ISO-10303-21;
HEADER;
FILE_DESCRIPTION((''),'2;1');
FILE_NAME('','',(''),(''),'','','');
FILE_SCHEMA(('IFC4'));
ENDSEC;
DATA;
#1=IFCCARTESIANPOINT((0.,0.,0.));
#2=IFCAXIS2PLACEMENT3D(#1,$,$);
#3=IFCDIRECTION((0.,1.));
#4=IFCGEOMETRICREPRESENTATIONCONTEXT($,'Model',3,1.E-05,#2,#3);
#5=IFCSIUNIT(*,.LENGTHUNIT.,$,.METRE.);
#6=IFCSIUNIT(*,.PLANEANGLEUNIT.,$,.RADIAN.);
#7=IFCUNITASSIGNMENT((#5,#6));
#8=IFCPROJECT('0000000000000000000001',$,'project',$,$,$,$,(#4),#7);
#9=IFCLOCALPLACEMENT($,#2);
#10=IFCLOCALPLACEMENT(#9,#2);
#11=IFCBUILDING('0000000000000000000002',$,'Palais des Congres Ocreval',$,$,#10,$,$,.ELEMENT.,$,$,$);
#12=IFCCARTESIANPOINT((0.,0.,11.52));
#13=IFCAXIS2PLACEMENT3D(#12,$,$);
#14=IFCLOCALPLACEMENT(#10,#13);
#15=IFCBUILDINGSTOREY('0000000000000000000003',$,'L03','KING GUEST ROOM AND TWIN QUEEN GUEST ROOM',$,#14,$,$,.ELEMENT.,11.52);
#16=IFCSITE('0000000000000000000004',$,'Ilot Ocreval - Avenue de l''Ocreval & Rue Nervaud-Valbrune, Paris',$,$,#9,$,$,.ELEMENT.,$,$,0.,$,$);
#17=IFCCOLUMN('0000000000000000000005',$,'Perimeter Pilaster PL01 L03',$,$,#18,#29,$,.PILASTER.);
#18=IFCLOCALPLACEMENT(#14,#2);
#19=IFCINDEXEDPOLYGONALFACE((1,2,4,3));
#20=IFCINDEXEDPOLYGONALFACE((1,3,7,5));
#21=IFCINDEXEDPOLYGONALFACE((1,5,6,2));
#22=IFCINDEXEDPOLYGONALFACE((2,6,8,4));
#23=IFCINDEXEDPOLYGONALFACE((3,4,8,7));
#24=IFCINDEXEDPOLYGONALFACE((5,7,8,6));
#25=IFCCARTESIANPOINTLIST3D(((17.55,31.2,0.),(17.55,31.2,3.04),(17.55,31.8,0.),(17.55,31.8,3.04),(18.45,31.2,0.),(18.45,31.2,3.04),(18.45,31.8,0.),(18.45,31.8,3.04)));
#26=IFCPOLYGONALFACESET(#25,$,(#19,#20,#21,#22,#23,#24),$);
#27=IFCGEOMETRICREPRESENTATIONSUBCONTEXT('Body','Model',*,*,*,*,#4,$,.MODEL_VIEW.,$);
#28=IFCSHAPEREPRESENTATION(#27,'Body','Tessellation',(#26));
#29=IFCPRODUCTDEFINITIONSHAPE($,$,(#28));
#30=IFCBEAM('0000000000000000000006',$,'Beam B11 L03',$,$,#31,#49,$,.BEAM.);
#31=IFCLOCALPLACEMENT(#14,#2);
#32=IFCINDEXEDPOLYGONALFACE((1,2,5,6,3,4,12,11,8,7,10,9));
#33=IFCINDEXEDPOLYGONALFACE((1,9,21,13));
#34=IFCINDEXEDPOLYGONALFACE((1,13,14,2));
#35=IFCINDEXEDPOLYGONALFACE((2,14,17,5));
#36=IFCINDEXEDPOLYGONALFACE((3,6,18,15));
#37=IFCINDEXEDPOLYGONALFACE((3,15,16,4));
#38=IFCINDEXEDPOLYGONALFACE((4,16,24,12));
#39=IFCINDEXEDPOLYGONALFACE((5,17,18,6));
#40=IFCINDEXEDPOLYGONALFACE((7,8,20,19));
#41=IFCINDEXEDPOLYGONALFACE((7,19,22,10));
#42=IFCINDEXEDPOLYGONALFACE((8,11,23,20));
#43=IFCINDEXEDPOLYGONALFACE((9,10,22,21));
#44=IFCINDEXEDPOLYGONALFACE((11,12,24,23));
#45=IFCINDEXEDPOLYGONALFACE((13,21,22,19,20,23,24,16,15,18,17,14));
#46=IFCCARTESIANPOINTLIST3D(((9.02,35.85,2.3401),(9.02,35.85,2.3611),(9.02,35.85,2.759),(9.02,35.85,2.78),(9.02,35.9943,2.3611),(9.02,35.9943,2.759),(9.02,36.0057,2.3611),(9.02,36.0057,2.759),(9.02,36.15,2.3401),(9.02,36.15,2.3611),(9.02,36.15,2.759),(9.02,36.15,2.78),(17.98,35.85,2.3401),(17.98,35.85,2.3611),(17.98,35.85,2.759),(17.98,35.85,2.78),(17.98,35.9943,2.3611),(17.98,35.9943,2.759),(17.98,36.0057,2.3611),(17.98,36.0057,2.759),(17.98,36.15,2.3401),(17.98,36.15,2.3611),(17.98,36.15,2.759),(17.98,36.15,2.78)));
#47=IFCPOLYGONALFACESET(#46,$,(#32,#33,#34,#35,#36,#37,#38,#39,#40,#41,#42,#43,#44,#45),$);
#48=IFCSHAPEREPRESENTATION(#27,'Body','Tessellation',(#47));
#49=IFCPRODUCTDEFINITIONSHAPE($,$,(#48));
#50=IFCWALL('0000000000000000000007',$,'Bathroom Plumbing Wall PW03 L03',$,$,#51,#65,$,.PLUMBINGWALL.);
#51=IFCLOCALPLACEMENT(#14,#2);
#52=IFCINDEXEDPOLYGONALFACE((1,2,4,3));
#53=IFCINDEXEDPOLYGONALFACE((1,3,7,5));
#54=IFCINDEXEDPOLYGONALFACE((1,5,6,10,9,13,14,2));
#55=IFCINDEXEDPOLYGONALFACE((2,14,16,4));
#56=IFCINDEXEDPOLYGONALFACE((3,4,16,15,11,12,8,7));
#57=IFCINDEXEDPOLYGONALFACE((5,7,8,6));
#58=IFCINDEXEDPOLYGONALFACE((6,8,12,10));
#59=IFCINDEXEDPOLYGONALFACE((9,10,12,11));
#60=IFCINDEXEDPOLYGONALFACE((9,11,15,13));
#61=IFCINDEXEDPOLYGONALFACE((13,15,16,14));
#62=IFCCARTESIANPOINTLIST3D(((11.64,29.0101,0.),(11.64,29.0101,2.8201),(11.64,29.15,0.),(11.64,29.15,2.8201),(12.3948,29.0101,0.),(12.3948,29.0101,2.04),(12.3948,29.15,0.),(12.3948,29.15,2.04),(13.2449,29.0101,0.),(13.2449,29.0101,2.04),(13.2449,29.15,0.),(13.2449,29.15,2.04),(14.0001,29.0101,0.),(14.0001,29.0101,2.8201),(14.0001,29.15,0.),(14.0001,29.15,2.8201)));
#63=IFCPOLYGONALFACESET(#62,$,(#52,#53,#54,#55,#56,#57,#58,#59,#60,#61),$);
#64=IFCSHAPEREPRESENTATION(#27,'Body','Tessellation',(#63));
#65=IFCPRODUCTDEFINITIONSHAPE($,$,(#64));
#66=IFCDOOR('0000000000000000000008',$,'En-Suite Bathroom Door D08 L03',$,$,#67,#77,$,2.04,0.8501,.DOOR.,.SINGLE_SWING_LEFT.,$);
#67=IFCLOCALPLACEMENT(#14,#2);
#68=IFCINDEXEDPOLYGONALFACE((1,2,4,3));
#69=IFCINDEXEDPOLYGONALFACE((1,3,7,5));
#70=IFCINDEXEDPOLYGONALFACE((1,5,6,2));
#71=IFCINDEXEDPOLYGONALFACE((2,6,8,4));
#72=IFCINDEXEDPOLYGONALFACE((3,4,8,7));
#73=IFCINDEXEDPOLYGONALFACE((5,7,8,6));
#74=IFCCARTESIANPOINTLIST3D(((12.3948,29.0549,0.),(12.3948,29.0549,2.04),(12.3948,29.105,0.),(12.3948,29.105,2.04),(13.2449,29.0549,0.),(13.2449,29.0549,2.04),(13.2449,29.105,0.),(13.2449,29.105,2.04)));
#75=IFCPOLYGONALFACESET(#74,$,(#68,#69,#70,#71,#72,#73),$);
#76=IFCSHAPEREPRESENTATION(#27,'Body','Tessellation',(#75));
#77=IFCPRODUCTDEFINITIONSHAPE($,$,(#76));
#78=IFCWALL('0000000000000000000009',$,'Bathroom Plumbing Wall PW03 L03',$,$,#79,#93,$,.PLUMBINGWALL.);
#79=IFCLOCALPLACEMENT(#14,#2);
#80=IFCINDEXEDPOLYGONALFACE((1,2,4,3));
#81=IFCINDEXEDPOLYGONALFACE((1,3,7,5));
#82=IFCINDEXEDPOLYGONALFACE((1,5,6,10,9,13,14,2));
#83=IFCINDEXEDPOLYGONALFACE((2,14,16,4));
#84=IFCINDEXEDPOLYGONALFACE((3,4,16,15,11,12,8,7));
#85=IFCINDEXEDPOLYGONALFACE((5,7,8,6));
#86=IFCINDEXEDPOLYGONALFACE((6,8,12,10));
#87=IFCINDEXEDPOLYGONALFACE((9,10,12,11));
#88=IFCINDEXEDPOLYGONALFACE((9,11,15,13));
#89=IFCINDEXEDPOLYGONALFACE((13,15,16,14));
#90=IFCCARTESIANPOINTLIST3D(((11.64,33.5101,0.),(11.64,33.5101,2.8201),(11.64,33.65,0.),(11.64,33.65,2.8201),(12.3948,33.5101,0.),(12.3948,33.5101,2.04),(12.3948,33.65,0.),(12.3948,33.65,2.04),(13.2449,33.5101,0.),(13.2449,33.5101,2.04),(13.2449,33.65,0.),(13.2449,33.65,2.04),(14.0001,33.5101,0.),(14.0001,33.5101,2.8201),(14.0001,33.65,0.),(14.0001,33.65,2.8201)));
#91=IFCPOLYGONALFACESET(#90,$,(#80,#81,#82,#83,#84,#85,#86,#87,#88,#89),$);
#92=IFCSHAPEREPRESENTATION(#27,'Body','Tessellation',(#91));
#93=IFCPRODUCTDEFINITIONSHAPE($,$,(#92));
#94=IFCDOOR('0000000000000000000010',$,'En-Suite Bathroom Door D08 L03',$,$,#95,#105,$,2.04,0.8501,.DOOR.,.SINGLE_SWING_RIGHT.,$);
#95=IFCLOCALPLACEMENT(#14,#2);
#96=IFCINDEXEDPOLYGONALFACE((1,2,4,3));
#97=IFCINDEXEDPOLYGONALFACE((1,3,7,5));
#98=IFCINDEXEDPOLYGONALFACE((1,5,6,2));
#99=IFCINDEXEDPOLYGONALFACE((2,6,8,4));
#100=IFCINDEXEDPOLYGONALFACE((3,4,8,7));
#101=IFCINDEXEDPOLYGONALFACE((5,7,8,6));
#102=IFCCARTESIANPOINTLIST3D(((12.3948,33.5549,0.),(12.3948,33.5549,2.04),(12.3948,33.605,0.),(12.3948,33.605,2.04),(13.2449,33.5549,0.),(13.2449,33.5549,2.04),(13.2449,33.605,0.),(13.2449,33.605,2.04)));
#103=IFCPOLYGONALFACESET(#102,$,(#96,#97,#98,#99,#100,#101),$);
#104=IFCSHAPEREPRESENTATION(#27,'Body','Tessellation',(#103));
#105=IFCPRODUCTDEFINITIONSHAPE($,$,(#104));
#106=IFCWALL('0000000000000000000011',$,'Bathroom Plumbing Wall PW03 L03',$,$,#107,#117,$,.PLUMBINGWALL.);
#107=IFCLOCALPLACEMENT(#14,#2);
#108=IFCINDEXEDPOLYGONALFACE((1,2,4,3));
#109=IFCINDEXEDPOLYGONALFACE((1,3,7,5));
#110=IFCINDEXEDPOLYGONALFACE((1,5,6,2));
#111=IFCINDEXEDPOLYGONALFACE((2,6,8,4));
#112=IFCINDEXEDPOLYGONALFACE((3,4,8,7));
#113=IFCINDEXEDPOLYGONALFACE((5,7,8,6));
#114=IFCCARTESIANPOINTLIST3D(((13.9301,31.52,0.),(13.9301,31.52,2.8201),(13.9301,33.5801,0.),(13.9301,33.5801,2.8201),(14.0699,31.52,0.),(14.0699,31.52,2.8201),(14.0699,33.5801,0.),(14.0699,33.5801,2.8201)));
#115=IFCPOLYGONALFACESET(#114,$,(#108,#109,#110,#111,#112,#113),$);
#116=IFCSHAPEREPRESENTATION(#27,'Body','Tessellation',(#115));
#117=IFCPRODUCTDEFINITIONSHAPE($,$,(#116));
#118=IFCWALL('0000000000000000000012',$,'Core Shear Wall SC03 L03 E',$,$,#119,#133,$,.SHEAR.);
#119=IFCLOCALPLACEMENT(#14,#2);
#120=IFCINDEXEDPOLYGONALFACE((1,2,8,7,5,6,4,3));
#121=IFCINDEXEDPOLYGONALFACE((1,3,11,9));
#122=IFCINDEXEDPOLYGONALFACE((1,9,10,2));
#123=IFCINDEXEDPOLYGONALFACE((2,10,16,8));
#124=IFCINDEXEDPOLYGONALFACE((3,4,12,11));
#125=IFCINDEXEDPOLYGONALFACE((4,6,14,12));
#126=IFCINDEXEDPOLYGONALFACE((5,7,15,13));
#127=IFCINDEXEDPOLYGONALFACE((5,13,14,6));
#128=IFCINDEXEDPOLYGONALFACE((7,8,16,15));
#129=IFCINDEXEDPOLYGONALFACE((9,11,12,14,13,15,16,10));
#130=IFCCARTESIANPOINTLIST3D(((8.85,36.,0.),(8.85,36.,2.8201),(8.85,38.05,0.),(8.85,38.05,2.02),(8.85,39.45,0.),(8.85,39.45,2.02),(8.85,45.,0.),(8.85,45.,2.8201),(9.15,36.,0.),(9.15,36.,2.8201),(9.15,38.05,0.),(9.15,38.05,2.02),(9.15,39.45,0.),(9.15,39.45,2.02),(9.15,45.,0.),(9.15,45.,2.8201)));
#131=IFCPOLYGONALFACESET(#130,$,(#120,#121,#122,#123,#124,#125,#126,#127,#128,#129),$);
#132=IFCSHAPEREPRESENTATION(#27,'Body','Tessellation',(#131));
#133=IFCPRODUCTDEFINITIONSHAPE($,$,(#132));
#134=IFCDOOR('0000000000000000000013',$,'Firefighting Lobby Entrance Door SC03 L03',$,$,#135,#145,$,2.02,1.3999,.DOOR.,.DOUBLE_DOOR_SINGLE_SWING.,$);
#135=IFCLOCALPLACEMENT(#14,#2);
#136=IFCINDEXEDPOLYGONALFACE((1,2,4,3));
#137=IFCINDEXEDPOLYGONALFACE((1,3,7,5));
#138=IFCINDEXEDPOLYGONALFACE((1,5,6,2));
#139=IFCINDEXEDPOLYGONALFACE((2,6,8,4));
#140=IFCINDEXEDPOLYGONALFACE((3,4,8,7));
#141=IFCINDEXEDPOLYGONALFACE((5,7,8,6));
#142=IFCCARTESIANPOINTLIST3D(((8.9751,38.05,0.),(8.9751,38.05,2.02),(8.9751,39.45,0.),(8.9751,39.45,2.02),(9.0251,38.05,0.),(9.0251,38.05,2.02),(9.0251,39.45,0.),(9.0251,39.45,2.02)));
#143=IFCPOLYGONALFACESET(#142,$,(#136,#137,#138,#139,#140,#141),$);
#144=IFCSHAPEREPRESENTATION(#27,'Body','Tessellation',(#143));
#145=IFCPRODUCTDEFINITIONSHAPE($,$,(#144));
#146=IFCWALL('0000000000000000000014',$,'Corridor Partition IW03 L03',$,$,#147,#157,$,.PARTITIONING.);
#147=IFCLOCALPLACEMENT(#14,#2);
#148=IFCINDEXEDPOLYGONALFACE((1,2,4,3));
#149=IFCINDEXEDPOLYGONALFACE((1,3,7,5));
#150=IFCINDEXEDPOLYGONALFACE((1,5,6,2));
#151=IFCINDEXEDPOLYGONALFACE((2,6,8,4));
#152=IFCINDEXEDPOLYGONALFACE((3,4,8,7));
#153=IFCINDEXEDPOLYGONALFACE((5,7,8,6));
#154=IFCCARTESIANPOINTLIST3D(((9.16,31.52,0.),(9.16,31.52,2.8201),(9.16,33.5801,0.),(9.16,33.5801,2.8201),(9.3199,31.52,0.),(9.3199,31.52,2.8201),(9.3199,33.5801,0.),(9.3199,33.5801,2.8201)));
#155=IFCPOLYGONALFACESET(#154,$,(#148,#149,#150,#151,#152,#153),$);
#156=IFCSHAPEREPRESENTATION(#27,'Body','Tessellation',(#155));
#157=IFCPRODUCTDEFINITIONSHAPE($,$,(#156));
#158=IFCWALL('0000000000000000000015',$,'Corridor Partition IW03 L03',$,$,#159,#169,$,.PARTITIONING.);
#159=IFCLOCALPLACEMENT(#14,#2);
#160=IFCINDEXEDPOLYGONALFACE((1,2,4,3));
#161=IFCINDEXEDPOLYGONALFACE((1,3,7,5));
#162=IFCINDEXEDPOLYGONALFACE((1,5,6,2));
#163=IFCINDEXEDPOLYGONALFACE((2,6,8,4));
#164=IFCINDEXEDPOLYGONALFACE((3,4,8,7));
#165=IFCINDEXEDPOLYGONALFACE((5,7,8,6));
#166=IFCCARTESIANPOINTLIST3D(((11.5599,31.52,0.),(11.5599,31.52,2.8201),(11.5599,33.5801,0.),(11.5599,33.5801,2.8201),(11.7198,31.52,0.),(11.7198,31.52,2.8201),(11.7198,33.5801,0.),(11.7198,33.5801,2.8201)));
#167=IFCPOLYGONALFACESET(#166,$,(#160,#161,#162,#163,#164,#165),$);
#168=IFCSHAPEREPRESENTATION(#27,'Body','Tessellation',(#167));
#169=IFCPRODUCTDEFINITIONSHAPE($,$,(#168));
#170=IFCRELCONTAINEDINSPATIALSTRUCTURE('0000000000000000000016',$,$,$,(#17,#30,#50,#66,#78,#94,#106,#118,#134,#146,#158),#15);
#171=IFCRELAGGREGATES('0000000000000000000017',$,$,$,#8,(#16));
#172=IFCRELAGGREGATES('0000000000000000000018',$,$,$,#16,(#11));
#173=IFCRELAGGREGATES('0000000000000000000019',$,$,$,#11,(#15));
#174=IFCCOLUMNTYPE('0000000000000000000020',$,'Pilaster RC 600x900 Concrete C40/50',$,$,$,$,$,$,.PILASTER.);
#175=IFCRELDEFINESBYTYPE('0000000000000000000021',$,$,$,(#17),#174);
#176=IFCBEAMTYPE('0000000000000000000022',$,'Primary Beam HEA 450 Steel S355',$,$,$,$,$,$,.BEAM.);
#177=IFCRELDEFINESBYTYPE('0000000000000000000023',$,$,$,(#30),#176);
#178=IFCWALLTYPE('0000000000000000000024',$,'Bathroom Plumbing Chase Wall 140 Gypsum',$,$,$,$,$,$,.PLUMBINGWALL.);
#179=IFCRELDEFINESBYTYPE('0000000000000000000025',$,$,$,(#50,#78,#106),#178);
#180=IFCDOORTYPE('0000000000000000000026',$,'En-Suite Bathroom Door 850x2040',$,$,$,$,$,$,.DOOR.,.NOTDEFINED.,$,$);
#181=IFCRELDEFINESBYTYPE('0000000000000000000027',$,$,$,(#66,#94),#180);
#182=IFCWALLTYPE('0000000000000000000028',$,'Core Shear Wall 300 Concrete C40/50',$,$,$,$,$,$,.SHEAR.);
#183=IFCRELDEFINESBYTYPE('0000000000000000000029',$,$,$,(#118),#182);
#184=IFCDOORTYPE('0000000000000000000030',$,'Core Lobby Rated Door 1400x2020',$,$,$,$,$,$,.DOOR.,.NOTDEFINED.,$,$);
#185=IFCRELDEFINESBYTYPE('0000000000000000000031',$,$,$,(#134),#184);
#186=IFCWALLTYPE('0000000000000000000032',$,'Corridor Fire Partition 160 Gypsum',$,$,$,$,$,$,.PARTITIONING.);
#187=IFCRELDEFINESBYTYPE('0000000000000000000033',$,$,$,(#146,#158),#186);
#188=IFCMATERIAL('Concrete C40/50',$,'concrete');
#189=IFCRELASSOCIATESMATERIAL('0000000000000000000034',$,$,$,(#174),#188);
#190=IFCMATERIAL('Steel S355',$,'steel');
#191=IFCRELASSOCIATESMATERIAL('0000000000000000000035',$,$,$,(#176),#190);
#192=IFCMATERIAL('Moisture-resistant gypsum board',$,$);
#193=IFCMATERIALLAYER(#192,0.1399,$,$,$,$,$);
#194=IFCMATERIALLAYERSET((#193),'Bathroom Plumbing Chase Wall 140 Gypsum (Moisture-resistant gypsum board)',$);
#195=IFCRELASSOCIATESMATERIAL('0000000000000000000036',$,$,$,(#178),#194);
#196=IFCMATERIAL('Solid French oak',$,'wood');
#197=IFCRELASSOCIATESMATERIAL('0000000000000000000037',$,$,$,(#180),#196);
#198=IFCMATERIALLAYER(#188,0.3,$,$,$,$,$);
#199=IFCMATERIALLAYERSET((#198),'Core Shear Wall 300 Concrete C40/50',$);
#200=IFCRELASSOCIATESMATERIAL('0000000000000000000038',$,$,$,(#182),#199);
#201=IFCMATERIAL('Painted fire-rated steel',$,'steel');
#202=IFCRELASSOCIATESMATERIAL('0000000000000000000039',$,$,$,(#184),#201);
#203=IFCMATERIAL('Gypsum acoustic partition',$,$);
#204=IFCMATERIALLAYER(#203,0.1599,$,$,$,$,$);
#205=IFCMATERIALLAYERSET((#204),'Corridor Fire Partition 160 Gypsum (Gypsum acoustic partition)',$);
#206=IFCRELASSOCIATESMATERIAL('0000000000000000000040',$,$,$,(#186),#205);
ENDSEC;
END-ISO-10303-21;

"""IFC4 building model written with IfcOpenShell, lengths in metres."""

from ifc_helpers import new_model, si_unit, direction, frame, frame_2d, origin, origin_2d, place, context, subcontext, project, spatial, rectangle, i_section, extrude, material, layer, layer_set, material_profile, profile_set, type_object, element, fill, save


model = new_model("IFC4")

# Units and contexts
model_context = context("Model", 3, precision=1e-05, world=origin(), true_north=direction((0.0, 1.0)))
body_context = subcontext(model_context, "Body", "Model", "MODEL_VIEW")
ifc_project = project(units=[si_unit("LENGTHUNIT", "METRE"), si_unit("PLANEANGLEUNIT", "RADIAN")], contexts=[model_context])

# Site, building, storey
site_placement = place(None, origin())
site = spatial("IfcSite", under=ifc_project, at=site_placement, Name="Ilot Ocreval - Avenue de l'Ocreval & Rue Nervaud-Valbrune, Paris", CompositionType="ELEMENT", RefElevation=0.0)
building_placement = place(site_placement, origin())
building = spatial("IfcBuilding", under=site, at=building_placement, Name="Palais des Congres Ocreval", CompositionType="ELEMENT")
storey_placement = place(building_placement, frame((0.0, 0.0, 11.52)))
storey = spatial("IfcBuildingStorey", under=building, at=storey_placement, Name="L03", Description="KING GUEST ROOM AND TWIN QUEEN GUEST ROOM", CompositionType="ELEMENT", Elevation=11.52)

# Column
ifc_material_1 = material(Name="Concrete C40/50", Category="concrete")
ifc_material_profile_1 = material_profile(ifc_material_1, rectangle(XDim=0.6001, YDim=0.8999, at=origin_2d()), Name="RC 600x900")
ifc_profile_set_1 = profile_set([ifc_material_profile_1], Name="Concrete C40/50")
column_type = type_object("IfcColumnType", Name="Pilaster RC 600x900 Concrete C40/50", PredefinedType="PILASTER", material=ifc_profile_set_1)
column_placement = place(storey_placement, frame((18.0, 31.5, 0.0), z_axis=(0.0, 0.0, 1.0), x_axis=(0.0, 1.0, 0.0)))
element("IfcColumn", 1, at=column_placement, inside=storey, type_object=column_type, Name="Perimeter Pilaster PL01 L03", PredefinedType="PILASTER", context=body_context, shape_type="SweptSolid", body=[
    extrude(rectangle(XDim=0.6001, YDim=0.8999, at=origin_2d()), origin(), (0.0, 0.0, 1.0), 3.04),
])

# Beam
ifc_material_2 = material(Name="Steel S355", Category="steel")
ifc_material_profile_2 = material_profile(ifc_material_2, i_section(OverallWidth=0.3, OverallDepth=0.4399, WebThickness=0.0115, FlangeThickness=0.021, at=origin_2d()), Name="HEA 450")
ifc_profile_set_2 = profile_set([ifc_material_profile_2], Name="Steel S355")
beam_type = type_object("IfcBeamType", Name="Primary Beam HEA 450 Steel S355", PredefinedType="BEAM", material=ifc_profile_set_2)
beam_placement = place(storey_placement, frame((9.02, 36.0, 2.5601), z_axis=(1.0, 0.0, 0.0), x_axis=(0.0, 1.0, 0.0)))
element("IfcBeam", 2, at=beam_placement, inside=storey, type_object=beam_type, Name="Beam B11 L03", PredefinedType="BEAM", context=body_context, shape_type="SweptSolid", body=[
    extrude(i_section(OverallWidth=0.3, OverallDepth=0.4399, WebThickness=0.0115, FlangeThickness=0.021, at=origin_2d()), origin(), (0.0, 0.0, 1.0), 8.96),
])

# Walls, openings, doors
ifc_material_3 = material(Name="Moisture-resistant gypsum board")
ifc_layer_1 = layer(ifc_material_3, 0.1399)
ifc_layer_set_1 = layer_set([ifc_layer_1], Name="Bathroom Plumbing Chase Wall 140 Gypsum (Moisture-resistant gypsum board)")
wall_type_1 = type_object("IfcWallType", Name="Bathroom Plumbing Chase Wall 140 Gypsum", PredefinedType="PLUMBINGWALL", material=ifc_layer_set_1)
wall_1_placement = place(storey_placement, frame((11.6399, 29.0801, 0.0), z_axis=(0.0, 0.0, 1.0), x_axis=(1.0, 0.0, 0.0)))
wall_1 = element("IfcWall", 3, at=wall_1_placement, inside=storey, type_object=wall_type_1, Name="Bathroom Plumbing Wall PW03 L03", PredefinedType="PLUMBINGWALL", context=body_context, shape_type="SweptSolid", body=[
    extrude(rectangle(XDim=2.3601, YDim=0.1399, at=frame_2d((1.1802, 0.0))), origin(), (0.0, 0.0, 1.0), 2.8201),
])
opening_1_placement = place(wall_1_placement, frame((0.7549, 0.0, 0.0)))
opening_1 = element("IfcOpeningElement", 4, at=opening_1_placement, cuts=wall_1, PredefinedType="OPENING", context=body_context, shape_type="SweptSolid", body=[
    extrude(rectangle(XDim=0.8501, YDim=2.04, at=frame_2d((0.425, 1.02))), frame((0.0, 0.0798, 0.0), z_axis=(0.0, -1.0, 0.0), x_axis=(1.0, 0.0, 0.0)), (0.0, 0.0, 1.0), 0.1599),
])
ifc_material_4 = material(Name="Solid French oak", Category="wood")
door_type_1 = type_object("IfcDoorType", Name="En-Suite Bathroom Door 850x2040", OperationType="NOTDEFINED", PredefinedType="DOOR", material=ifc_material_4)
door_1_placement = place(opening_1_placement, origin())
door_1 = element("IfcDoor", 5, at=door_1_placement, inside=storey, type_object=door_type_1, Name="En-Suite Bathroom Door D08 L03", OperationType="SINGLE_SWING_LEFT", OverallHeight=2.04, OverallWidth=0.8501, PredefinedType="DOOR", context=body_context, shape_type="SweptSolid", body=[
    extrude(rectangle(XDim=0.8501, YDim=2.04, at=frame_2d((0.425, 1.02))), frame((0.0, 0.0249, 0.0), z_axis=(0.0, -1.0, 0.0), x_axis=(1.0, 0.0, 0.0)), (0.0, 0.0, 1.0), 0.05),
])
fill(opening_1, door_1)
wall_2_placement = place(storey_placement, frame((11.6399, 33.5801, 0.0), z_axis=(0.0, 0.0, 1.0), x_axis=(1.0, 0.0, 0.0)))
wall_2 = element("IfcWall", 6, at=wall_2_placement, inside=storey, type_object=wall_type_1, Name="Bathroom Plumbing Wall PW03 L03", PredefinedType="PLUMBINGWALL", context=body_context, shape_type="SweptSolid", body=[
    extrude(rectangle(XDim=2.3601, YDim=0.1399, at=frame_2d((1.1802, 0.0))), origin(), (0.0, 0.0, 1.0), 2.8201),
])
opening_2_placement = place(wall_2_placement, frame((0.7549, 0.0, 0.0)))
opening_2 = element("IfcOpeningElement", 7, at=opening_2_placement, cuts=wall_2, PredefinedType="OPENING", context=body_context, shape_type="SweptSolid", body=[
    extrude(rectangle(XDim=0.8501, YDim=2.04, at=frame_2d((0.425, 1.02))), frame((0.0, 0.0798, 0.0), z_axis=(0.0, -1.0, 0.0), x_axis=(1.0, 0.0, 0.0)), (0.0, 0.0, 1.0), 0.1599),
])
door_2_placement = place(opening_2_placement, origin())
door_2 = element("IfcDoor", 8, at=door_2_placement, inside=storey, type_object=door_type_1, Name="En-Suite Bathroom Door D08 L03", OperationType="SINGLE_SWING_RIGHT", OverallHeight=2.04, OverallWidth=0.8501, PredefinedType="DOOR", context=body_context, shape_type="SweptSolid", body=[
    extrude(rectangle(XDim=0.8501, YDim=2.04, at=frame_2d((0.425, 1.02))), frame((0.0, 0.0249, 0.0), z_axis=(0.0, -1.0, 0.0), x_axis=(1.0, 0.0, 0.0)), (0.0, 0.0, 1.0), 0.05),
])
fill(opening_2, door_2)

# Wall
wall_3_placement = place(storey_placement, frame((14.0, 31.52, 0.0), z_axis=(0.0, 0.0, 1.0), x_axis=(0.0, 1.0, 0.0)))
element("IfcWall", 9, at=wall_3_placement, inside=storey, type_object=wall_type_1, Name="Bathroom Plumbing Wall PW03 L03", PredefinedType="PLUMBINGWALL", context=body_context, shape_type="SweptSolid", body=[
    extrude(rectangle(XDim=2.0601, YDim=0.1399, at=frame_2d((1.03, 0.0))), origin(), (0.0, 0.0, 1.0), 2.8201),
])

# Wall, opening, door
ifc_layer_2 = layer(ifc_material_1, 0.3)
ifc_layer_set_2 = layer_set([ifc_layer_2], Name="Core Shear Wall 300 Concrete C40/50")
wall_type_2 = type_object("IfcWallType", Name="Core Shear Wall 300 Concrete C40/50", PredefinedType="SHEAR", material=ifc_layer_set_2)
wall_4_placement = place(storey_placement, frame((9.0, 36.0, 0.0), z_axis=(0.0, 0.0, 1.0), x_axis=(0.0, 1.0, 0.0)))
wall_4 = element("IfcWall", 10, at=wall_4_placement, inside=storey, type_object=wall_type_2, Name="Core Shear Wall SC03 L03 E", PredefinedType="SHEAR", context=body_context, shape_type="SweptSolid", body=[
    extrude(rectangle(XDim=9.0, YDim=0.3, at=frame_2d((4.5, 0.0))), origin(), (0.0, 0.0, 1.0), 2.8201),
])
opening_3_placement = place(wall_4_placement, frame((2.05, 0.0, 0.0)))
opening_3 = element("IfcOpeningElement", 11, at=opening_3_placement, cuts=wall_4, PredefinedType="OPENING", context=body_context, shape_type="SweptSolid", body=[
    extrude(rectangle(XDim=1.3999, YDim=2.02, at=frame_2d((0.7, 1.01))), frame((0.0, 0.1599, 0.0), z_axis=(0.0, -1.0, 0.0), x_axis=(1.0, 0.0, 0.0)), (0.0, 0.0, 1.0), 0.3201),
])
ifc_material_5 = material(Name="Painted fire-rated steel", Category="steel")
door_type_2 = type_object("IfcDoorType", Name="Core Lobby Rated Door 1400x2020", OperationType="NOTDEFINED", PredefinedType="DOOR", material=ifc_material_5)
door_3_placement = place(opening_3_placement, origin())
door_3 = element("IfcDoor", 12, at=door_3_placement, inside=storey, type_object=door_type_2, Name="Firefighting Lobby Entrance Door SC03 L03", OperationType="DOUBLE_DOOR_SINGLE_SWING", OverallHeight=2.02, OverallWidth=1.3999, PredefinedType="DOOR", context=body_context, shape_type="SweptSolid", body=[
    extrude(rectangle(XDim=1.3999, YDim=2.02, at=frame_2d((0.7, 1.01))), frame((0.0, 0.0249, 0.0), z_axis=(0.0, -1.0, 0.0), x_axis=(1.0, 0.0, 0.0)), (0.0, 0.0, 1.0), 0.05),
])
fill(opening_3, door_3)

# Walls
ifc_material_6 = material(Name="Gypsum acoustic partition")
ifc_layer_3 = layer(ifc_material_6, 0.1599)
ifc_layer_set_3 = layer_set([ifc_layer_3], Name="Corridor Fire Partition 160 Gypsum (Gypsum acoustic partition)")
wall_type_3 = type_object("IfcWallType", Name="Corridor Fire Partition 160 Gypsum", PredefinedType="PARTITIONING", material=ifc_layer_set_3)
for number, where, z_axis, x_axis, name in (
    (13, (9.24, 31.52, 0.0), (0.0, 0.0, 1.0), (0.0, 1.0, 0.0), "Corridor Partition IW03 L03"),
    (14, (11.6399, 31.52, 0.0), (0.0, 0.0, 1.0), (0.0, 1.0, 0.0), "Corridor Partition IW03 L03"),
):
    element("IfcWall", number, at=place(storey_placement, frame(where, z_axis=z_axis, x_axis=x_axis)), inside=storey, type_object=wall_type_3, Name=name, PredefinedType="PARTITIONING", context=body_context, shape_type="SweptSolid", body=[
        extrude(rectangle(XDim=2.0601, YDim=0.1599, at=frame_2d((1.03, 0.0))), origin(), (0.0, 0.0, 1.0), 2.8201),
    ])

save(model, "model.ifc")
